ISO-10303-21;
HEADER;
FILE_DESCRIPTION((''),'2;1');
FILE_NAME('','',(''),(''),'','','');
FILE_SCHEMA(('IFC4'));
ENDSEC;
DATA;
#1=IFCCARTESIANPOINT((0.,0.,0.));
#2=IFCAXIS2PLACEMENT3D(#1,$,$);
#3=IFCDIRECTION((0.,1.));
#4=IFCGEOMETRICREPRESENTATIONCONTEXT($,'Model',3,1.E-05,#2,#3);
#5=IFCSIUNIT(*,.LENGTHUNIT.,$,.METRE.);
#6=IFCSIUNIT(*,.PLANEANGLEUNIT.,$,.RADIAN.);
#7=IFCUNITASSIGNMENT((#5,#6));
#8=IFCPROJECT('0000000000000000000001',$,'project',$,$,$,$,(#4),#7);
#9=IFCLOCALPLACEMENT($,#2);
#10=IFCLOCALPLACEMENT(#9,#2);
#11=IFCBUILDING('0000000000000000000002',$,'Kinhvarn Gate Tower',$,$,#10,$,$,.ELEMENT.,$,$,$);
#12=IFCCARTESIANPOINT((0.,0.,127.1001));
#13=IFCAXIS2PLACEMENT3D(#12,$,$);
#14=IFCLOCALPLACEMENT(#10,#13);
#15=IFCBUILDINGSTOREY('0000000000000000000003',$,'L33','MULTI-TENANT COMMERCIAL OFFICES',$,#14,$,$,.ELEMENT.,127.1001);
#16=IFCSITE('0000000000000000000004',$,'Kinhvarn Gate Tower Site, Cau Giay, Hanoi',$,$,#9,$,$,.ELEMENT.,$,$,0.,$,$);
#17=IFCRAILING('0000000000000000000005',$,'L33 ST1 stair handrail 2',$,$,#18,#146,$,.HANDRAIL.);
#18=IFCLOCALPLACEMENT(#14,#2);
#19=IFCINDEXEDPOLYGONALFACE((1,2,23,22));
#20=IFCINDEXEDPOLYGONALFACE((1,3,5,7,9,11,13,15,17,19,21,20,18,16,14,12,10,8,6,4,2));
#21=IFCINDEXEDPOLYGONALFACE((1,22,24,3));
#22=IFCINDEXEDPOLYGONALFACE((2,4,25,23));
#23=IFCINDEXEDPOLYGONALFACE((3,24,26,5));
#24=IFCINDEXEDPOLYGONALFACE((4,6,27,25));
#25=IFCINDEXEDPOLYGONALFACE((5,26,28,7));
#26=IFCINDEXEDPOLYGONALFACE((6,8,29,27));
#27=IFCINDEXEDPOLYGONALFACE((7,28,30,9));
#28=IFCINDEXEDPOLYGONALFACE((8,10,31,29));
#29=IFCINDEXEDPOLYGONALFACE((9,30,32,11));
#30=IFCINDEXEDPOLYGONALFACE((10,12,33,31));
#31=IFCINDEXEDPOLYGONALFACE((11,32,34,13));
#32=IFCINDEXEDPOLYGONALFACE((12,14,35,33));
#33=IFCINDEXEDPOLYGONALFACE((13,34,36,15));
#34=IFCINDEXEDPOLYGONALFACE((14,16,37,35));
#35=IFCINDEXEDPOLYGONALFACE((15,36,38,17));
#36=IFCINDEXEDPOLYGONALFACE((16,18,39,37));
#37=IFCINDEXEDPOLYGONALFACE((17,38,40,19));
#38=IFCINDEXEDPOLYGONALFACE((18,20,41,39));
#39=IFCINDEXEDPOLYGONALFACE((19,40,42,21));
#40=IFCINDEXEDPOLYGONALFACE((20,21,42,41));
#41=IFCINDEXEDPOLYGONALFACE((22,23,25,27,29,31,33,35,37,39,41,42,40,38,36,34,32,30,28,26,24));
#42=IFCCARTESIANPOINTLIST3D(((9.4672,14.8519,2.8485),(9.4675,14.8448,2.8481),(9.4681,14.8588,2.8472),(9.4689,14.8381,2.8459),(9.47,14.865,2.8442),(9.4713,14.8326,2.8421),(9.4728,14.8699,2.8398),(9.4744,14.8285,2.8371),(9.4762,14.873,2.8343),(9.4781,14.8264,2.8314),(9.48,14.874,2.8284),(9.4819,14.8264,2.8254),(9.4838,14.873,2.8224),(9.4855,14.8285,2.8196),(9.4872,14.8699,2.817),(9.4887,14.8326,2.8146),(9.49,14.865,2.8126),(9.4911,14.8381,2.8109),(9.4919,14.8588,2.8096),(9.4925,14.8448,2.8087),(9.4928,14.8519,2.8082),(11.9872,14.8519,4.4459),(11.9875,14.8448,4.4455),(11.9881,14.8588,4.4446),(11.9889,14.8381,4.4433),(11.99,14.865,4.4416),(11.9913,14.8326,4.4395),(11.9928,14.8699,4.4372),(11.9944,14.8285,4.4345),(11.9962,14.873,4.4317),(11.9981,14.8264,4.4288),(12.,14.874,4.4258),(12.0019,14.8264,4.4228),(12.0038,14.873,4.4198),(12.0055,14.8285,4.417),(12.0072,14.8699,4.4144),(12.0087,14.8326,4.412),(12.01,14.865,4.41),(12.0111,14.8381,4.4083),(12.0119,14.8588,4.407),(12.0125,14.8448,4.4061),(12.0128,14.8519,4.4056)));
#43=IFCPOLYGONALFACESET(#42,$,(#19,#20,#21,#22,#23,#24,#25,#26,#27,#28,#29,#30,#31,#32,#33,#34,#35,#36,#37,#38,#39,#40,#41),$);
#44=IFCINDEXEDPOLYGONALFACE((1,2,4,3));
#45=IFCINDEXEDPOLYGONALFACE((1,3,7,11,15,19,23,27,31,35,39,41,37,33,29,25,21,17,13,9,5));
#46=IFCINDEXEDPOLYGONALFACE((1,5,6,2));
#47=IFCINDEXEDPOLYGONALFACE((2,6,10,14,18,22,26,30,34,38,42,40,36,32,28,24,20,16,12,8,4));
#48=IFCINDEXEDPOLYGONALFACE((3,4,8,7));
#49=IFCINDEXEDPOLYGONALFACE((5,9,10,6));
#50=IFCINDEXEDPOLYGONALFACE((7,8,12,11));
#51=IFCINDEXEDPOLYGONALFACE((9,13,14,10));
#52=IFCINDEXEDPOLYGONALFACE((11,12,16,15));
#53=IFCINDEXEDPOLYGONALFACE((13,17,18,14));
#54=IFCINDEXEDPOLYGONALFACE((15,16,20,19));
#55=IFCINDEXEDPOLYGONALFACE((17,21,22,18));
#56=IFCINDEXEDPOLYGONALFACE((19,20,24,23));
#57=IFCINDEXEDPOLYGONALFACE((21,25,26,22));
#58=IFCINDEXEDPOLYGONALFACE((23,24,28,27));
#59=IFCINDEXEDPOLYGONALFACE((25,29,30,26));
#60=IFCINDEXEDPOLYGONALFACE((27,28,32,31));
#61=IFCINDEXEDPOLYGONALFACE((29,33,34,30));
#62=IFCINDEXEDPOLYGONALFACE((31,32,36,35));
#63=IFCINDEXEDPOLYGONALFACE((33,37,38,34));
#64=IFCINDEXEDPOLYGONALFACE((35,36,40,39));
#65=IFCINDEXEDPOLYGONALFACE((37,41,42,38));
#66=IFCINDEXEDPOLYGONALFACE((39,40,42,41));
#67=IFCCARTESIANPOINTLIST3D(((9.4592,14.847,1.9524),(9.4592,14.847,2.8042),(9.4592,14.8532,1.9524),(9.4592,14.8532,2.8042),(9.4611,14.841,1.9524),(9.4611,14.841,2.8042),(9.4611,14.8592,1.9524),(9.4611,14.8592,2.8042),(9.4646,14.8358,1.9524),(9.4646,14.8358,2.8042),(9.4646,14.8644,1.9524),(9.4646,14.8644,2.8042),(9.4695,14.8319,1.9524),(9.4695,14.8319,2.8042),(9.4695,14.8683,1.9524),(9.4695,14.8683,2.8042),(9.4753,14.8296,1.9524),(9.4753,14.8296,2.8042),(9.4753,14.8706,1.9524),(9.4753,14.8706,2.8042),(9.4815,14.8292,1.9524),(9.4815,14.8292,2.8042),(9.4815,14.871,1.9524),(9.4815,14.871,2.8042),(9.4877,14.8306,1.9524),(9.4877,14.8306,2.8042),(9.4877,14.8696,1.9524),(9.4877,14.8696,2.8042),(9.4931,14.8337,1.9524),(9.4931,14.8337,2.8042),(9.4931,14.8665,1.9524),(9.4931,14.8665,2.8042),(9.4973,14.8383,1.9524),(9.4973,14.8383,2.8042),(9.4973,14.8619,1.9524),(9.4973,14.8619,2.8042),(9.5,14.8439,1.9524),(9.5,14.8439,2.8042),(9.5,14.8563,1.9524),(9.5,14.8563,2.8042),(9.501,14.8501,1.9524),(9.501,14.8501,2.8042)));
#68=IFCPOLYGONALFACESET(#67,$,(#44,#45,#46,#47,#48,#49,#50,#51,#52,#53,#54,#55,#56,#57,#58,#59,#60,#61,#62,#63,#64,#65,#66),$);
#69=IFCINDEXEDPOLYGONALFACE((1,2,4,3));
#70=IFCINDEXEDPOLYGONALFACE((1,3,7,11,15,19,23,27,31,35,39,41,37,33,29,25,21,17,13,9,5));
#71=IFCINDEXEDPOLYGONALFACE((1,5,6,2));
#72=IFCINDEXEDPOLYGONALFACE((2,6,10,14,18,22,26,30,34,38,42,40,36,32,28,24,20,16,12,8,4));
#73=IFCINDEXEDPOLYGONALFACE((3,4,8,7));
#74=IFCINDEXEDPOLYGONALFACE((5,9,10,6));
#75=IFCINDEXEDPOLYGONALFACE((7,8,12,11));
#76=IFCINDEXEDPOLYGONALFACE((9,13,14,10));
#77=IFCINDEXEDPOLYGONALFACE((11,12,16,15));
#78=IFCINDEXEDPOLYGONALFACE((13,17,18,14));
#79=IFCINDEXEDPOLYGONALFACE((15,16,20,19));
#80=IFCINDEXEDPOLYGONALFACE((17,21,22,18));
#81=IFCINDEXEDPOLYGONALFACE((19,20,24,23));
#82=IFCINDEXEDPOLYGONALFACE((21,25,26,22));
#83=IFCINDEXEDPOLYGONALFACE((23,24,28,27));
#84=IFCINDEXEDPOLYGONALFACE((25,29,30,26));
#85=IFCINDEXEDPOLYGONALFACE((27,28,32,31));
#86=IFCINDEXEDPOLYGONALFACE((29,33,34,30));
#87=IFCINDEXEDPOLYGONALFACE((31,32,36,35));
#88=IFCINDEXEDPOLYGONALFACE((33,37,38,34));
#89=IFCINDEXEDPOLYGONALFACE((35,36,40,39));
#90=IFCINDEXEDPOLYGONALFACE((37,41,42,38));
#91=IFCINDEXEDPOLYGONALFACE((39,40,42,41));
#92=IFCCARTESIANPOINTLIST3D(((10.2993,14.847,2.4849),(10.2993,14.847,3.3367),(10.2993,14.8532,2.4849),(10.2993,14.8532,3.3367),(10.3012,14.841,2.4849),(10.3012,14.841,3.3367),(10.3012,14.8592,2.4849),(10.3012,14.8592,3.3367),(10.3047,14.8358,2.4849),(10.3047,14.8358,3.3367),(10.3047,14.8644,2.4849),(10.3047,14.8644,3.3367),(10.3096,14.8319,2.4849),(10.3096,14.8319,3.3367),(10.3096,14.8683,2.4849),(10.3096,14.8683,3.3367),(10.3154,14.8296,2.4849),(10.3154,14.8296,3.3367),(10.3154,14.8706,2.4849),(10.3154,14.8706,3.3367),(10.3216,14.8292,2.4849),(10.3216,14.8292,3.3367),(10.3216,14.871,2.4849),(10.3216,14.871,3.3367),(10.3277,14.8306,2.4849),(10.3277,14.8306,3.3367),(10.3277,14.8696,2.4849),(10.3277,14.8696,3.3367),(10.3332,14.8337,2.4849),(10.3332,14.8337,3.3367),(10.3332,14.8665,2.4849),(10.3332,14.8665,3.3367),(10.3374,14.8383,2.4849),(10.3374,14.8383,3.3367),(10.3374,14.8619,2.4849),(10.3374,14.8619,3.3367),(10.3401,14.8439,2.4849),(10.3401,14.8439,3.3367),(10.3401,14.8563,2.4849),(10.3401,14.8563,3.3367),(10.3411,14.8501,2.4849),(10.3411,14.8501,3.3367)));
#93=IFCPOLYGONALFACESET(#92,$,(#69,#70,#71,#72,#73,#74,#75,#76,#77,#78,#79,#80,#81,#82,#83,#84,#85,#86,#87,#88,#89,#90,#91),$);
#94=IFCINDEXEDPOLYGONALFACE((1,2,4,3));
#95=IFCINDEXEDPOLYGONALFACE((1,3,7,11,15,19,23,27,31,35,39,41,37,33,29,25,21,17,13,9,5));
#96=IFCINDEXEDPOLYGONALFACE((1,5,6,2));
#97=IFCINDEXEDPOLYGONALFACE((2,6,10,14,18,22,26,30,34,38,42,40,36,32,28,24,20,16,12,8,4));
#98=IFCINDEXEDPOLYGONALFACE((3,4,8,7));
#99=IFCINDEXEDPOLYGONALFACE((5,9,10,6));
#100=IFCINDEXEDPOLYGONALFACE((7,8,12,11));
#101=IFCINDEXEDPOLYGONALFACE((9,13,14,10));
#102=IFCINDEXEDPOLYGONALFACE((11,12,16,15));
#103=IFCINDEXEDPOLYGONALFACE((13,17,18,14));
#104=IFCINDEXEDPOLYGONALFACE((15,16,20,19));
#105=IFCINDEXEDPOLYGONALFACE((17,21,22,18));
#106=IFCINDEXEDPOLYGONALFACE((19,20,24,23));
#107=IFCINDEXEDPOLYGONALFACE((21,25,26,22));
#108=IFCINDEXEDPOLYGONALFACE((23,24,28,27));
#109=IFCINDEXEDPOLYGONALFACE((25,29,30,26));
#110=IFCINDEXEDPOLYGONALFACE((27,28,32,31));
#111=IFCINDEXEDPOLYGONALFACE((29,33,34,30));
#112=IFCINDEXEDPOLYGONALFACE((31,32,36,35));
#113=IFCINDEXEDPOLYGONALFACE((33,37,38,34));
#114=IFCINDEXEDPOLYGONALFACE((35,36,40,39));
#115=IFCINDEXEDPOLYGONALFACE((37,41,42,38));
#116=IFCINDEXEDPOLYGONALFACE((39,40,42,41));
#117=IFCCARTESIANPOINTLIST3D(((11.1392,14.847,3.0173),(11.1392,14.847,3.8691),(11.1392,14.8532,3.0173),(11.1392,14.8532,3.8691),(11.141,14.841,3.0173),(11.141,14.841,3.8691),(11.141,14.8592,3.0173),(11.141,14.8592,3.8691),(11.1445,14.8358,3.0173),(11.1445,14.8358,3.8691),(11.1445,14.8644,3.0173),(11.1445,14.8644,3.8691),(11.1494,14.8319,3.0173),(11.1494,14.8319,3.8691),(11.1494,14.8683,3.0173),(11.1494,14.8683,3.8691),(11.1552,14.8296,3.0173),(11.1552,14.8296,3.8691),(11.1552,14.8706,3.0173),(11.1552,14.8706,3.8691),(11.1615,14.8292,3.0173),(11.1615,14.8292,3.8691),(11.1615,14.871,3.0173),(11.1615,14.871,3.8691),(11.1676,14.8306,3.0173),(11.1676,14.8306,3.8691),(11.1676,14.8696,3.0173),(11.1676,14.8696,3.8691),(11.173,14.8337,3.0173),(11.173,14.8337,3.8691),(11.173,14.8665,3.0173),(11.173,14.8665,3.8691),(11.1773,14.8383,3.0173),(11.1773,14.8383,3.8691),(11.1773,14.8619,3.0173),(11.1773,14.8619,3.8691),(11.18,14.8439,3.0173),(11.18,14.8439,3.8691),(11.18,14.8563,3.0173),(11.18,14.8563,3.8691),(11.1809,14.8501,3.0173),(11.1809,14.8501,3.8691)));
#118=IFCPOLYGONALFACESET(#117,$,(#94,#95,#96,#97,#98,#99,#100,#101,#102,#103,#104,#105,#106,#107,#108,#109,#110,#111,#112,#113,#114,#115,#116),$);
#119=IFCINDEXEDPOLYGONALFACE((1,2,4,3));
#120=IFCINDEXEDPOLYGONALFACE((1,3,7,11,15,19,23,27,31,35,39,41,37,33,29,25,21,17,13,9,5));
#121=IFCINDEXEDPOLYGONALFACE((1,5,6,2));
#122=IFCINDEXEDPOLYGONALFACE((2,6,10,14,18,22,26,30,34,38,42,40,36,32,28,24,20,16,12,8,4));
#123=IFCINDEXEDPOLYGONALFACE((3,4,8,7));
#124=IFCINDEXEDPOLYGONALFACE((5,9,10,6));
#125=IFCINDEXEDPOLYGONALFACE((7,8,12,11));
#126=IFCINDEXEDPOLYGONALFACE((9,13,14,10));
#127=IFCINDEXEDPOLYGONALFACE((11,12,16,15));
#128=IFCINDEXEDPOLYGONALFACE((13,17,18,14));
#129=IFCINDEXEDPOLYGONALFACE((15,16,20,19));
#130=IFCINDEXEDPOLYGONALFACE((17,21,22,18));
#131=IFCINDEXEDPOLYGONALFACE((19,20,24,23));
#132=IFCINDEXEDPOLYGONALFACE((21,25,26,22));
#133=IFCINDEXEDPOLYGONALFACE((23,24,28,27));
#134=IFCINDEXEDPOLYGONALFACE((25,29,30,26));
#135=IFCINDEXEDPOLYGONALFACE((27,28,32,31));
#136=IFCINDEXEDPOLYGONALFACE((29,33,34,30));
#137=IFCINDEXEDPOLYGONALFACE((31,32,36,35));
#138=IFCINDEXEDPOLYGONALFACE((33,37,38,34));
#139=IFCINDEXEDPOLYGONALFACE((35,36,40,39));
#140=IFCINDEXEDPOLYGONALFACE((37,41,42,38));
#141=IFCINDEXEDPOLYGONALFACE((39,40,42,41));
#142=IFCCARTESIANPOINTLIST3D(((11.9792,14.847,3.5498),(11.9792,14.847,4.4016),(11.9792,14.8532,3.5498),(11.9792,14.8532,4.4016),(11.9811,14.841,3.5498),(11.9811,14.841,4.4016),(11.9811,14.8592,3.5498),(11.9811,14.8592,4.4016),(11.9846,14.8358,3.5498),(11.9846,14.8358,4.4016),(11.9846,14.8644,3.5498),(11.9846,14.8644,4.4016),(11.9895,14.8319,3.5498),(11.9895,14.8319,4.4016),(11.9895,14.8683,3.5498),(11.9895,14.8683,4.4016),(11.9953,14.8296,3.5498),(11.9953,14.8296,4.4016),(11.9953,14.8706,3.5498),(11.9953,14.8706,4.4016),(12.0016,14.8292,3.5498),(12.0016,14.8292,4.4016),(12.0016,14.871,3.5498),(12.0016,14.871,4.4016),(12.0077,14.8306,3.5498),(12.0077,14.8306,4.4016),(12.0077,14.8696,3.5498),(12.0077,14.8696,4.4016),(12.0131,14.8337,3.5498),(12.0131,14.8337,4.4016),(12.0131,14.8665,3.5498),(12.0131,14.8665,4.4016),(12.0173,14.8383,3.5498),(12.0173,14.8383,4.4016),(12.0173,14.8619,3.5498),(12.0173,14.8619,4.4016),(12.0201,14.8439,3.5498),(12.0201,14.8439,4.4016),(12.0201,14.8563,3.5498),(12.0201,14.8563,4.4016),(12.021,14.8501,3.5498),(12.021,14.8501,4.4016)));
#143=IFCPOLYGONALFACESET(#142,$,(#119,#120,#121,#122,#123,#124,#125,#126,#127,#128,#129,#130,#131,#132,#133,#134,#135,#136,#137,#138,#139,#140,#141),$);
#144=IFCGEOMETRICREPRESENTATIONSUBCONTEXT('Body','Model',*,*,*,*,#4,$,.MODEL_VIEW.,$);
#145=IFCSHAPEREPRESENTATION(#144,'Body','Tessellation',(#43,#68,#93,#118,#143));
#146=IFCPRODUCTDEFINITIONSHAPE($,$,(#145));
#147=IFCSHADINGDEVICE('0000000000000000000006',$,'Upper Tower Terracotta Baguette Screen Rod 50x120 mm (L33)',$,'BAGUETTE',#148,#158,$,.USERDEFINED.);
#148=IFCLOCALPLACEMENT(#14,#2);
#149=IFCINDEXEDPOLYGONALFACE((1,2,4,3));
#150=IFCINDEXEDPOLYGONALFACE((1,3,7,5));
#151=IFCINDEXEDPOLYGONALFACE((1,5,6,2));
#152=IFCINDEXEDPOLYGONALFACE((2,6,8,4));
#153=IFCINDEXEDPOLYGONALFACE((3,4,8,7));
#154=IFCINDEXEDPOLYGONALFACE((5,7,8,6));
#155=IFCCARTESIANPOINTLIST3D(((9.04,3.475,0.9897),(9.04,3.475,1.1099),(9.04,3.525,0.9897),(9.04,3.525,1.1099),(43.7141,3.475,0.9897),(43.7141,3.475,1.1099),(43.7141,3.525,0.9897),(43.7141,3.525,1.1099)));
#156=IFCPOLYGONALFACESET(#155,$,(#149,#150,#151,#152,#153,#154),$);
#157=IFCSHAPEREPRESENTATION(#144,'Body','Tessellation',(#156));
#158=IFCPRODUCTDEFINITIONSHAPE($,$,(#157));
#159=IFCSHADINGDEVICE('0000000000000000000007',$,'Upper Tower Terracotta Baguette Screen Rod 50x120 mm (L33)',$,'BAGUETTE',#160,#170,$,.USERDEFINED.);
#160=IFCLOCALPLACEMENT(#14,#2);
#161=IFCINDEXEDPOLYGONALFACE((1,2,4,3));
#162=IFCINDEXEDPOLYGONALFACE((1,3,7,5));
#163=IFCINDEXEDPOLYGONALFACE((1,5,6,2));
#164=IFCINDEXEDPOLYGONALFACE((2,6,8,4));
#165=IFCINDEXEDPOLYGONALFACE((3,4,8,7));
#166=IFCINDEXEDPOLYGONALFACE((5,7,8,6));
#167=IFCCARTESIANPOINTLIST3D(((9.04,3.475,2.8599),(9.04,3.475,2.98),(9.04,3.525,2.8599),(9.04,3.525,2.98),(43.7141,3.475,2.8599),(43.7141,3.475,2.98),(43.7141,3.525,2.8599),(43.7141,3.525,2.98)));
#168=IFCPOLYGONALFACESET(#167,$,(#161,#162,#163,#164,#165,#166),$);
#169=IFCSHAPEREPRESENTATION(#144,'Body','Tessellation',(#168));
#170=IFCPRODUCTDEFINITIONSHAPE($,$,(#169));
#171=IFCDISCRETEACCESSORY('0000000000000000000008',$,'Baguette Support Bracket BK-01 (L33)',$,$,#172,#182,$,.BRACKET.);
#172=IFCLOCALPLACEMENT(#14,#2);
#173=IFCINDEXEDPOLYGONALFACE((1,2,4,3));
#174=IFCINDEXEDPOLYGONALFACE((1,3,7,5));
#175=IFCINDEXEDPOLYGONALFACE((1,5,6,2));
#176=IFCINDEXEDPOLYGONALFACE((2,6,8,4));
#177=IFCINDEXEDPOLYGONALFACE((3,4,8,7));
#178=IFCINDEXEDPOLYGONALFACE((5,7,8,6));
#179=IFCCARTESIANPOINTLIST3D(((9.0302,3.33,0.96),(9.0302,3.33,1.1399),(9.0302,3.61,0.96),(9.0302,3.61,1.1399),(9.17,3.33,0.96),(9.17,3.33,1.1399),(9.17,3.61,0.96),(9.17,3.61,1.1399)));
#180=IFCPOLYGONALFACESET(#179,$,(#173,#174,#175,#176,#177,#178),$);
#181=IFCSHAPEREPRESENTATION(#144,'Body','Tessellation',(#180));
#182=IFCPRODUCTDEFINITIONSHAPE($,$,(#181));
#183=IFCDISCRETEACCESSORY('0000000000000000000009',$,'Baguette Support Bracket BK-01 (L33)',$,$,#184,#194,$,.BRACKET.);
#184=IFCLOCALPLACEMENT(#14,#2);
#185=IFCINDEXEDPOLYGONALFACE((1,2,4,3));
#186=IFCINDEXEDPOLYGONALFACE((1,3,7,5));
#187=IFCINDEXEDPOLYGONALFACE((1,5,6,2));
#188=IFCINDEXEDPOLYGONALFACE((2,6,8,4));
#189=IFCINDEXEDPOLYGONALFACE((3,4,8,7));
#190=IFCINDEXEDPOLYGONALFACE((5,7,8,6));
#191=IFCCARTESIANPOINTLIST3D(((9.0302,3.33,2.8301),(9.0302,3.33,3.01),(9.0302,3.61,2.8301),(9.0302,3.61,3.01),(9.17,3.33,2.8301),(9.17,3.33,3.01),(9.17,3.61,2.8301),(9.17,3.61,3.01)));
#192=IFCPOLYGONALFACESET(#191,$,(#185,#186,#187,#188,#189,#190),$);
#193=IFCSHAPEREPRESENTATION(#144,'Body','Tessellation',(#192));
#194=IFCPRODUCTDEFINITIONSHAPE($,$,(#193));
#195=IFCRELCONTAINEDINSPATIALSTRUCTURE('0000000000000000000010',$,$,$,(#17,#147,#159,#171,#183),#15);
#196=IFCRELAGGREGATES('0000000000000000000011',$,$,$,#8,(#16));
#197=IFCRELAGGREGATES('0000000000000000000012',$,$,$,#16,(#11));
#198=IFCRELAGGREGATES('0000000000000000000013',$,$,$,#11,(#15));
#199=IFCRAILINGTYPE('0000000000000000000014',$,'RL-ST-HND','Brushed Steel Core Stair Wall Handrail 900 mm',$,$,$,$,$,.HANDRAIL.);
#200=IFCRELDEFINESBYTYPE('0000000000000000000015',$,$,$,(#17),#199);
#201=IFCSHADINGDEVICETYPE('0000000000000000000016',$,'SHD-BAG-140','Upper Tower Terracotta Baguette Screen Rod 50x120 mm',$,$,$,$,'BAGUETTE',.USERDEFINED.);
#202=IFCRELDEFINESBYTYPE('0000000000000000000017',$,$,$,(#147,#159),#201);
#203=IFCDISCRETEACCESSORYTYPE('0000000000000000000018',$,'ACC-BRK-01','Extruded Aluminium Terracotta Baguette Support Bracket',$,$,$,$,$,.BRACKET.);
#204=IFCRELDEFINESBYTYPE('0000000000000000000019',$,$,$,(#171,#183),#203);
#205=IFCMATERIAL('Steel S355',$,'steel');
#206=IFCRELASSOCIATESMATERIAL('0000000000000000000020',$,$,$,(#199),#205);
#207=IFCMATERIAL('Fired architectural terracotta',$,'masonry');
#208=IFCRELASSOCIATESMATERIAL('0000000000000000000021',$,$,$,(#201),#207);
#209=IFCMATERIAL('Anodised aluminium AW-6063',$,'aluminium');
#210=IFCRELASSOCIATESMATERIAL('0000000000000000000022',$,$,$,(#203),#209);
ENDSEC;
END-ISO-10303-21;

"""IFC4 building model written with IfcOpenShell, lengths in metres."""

from ifc_helpers import new_model, si_unit, direction, frame, origin, origin_2d, place, context, subcontext, project, spatial, rectangle, circle, extrude, material, material_profile, profile_set, type_object, element, save


model = new_model("IFC4")

# Units and contexts
model_context = context("Model", 3, precision=1e-05, world=origin(), true_north=direction((0.0, 1.0)))
body_context = subcontext(model_context, "Body", "Model", "MODEL_VIEW")
ifc_project = project(units=[si_unit("LENGTHUNIT", "METRE"), si_unit("PLANEANGLEUNIT", "RADIAN")], contexts=[model_context])

# Site, building, storey
site_placement = place(None, origin())
site = spatial("IfcSite", under=ifc_project, at=site_placement, Name="Kinhvarn Gate Tower Site, Cau Giay, Hanoi", CompositionType="ELEMENT", RefElevation=0.0)
building_placement = place(site_placement, origin())
building = spatial("IfcBuilding", under=site, at=building_placement, Name="Kinhvarn Gate Tower", CompositionType="ELEMENT")
storey_placement = place(building_placement, frame((0.0, 0.0, 127.1001)))
storey = spatial("IfcBuildingStorey", under=building, at=storey_placement, Name="L33", Description="MULTI-TENANT COMMERCIAL OFFICES", CompositionType="ELEMENT", Elevation=127.1001)

# Shared definitions
ifc_material_1 = material(Name="Anodised aluminium AW-6063", Category="aluminium")

# Shared definitions
ifc_material_2 = material(Name="Steel S355", Category="steel")

# Shared definitions
ifc_material_3 = material(Name="Fired architectural terracotta", Category="masonry")

# Railing
railing_type_1 = type_object("IfcRailingType", Name="RL-ST-HND", Description="Brushed Steel Core Stair Wall Handrail 900 mm", PredefinedType="HANDRAIL", material=ifc_material_2)
railing_1_placement = place(storey_placement, frame((9.48, 14.8501, 1.9524)))
element("IfcRailing", 1, at=railing_1_placement, inside=storey, type_object=railing_type_1, Name="L33 ST1 stair handrail 2", PredefinedType="HANDRAIL", context=body_context, shape_type="SweptSolid", body=[
    extrude(circle(Radius=0.0239, at=origin_2d()), frame((0.0, 0.0, 0.876), z_axis=(0.844607, 0.0, 0.535387), x_axis=(0.0, 1.0, 0.0)), (0.0, 0.0, 1.0), 2.9836),
    extrude(circle(Radius=0.021, at=origin_2d()), origin(), (0.0, 0.0, 1.0), 0.8518),
    extrude(circle(Radius=0.021, at=origin_2d()), frame((0.8401, 0.0, 0.5325)), (0.0, 0.0, 1.0), 0.8518),
    extrude(circle(Radius=0.021, at=origin_2d()), frame((1.6799, 0.0, 1.0649)), (0.0, 0.0, 1.0), 0.8518),
    extrude(circle(Radius=0.021, at=origin_2d()), frame((2.52, 0.0, 1.5974)), (0.0, 0.0, 1.0), 0.8518),
])

# Shading devices
ifc_material_profile_1 = material_profile(ifc_material_3, rectangle(XDim=0.05, YDim=0.1201, at=origin_2d()), Name="TC 50x120")
ifc_profile_set_1 = profile_set([ifc_material_profile_1], Name="Fired architectural terracotta")
shading_device_type = type_object("IfcShadingDeviceType", Name="SHD-BAG-140", Description="Upper Tower Terracotta Baguette Screen Rod 50x120 mm", ElementType="BAGUETTE", PredefinedType="USERDEFINED", material=ifc_profile_set_1)
for number, where, z_axis, x_axis, name in (
    (2, (9.04, 3.5, 1.0498), (1.0, 0.0, 0.0), (0.0, 1.0, 0.0), "Upper Tower Terracotta Baguette Screen Rod 50x120 mm (L33)"),
    (3, (9.04, 3.5, 2.9199), (1.0, 0.0, 0.0), (0.0, 1.0, 0.0), "Upper Tower Terracotta Baguette Screen Rod 50x120 mm (L33)"),
):
    element("IfcShadingDevice", number, at=place(storey_placement, frame(where, z_axis=z_axis, x_axis=x_axis)), inside=storey, type_object=shading_device_type, Name=name, ObjectType="BAGUETTE", PredefinedType="USERDEFINED", context=body_context, shape_type="SweptSolid", body=[
        extrude(rectangle(XDim=0.05, YDim=0.1201, at=origin_2d()), origin(), (0.0, 0.0, 1.0), 34.6741),
    ])

# Discrete accessories
discrete_accessory_type = type_object("IfcDiscreteAccessoryType", Name="ACC-BRK-01", Description="Extruded Aluminium Terracotta Baguette Support Bracket", PredefinedType="BRACKET", material=ifc_material_1)
for number, where, z_axis, x_axis, name in (
    (4, (9.1001, 3.47, 0.96), (0.0, 0.0, 1.0), (1.0, 0.0, 0.0), "Baguette Support Bracket BK-01 (L33)"),
    (5, (9.1001, 3.47, 2.8301), (0.0, 0.0, 1.0), (1.0, 0.0, 0.0), "Baguette Support Bracket BK-01 (L33)"),
):
    element("IfcDiscreteAccessory", number, at=place(storey_placement, frame(where, z_axis=z_axis, x_axis=x_axis)), inside=storey, type_object=discrete_accessory_type, Name=name, PredefinedType="BRACKET", context=body_context, shape_type="SweptSolid", body=[
        extrude(rectangle(XDim=0.1399, YDim=0.28, at=origin_2d()), origin(), (0.0, 0.0, 1.0), 0.1799),
    ])

save(model, "model.ifc")
